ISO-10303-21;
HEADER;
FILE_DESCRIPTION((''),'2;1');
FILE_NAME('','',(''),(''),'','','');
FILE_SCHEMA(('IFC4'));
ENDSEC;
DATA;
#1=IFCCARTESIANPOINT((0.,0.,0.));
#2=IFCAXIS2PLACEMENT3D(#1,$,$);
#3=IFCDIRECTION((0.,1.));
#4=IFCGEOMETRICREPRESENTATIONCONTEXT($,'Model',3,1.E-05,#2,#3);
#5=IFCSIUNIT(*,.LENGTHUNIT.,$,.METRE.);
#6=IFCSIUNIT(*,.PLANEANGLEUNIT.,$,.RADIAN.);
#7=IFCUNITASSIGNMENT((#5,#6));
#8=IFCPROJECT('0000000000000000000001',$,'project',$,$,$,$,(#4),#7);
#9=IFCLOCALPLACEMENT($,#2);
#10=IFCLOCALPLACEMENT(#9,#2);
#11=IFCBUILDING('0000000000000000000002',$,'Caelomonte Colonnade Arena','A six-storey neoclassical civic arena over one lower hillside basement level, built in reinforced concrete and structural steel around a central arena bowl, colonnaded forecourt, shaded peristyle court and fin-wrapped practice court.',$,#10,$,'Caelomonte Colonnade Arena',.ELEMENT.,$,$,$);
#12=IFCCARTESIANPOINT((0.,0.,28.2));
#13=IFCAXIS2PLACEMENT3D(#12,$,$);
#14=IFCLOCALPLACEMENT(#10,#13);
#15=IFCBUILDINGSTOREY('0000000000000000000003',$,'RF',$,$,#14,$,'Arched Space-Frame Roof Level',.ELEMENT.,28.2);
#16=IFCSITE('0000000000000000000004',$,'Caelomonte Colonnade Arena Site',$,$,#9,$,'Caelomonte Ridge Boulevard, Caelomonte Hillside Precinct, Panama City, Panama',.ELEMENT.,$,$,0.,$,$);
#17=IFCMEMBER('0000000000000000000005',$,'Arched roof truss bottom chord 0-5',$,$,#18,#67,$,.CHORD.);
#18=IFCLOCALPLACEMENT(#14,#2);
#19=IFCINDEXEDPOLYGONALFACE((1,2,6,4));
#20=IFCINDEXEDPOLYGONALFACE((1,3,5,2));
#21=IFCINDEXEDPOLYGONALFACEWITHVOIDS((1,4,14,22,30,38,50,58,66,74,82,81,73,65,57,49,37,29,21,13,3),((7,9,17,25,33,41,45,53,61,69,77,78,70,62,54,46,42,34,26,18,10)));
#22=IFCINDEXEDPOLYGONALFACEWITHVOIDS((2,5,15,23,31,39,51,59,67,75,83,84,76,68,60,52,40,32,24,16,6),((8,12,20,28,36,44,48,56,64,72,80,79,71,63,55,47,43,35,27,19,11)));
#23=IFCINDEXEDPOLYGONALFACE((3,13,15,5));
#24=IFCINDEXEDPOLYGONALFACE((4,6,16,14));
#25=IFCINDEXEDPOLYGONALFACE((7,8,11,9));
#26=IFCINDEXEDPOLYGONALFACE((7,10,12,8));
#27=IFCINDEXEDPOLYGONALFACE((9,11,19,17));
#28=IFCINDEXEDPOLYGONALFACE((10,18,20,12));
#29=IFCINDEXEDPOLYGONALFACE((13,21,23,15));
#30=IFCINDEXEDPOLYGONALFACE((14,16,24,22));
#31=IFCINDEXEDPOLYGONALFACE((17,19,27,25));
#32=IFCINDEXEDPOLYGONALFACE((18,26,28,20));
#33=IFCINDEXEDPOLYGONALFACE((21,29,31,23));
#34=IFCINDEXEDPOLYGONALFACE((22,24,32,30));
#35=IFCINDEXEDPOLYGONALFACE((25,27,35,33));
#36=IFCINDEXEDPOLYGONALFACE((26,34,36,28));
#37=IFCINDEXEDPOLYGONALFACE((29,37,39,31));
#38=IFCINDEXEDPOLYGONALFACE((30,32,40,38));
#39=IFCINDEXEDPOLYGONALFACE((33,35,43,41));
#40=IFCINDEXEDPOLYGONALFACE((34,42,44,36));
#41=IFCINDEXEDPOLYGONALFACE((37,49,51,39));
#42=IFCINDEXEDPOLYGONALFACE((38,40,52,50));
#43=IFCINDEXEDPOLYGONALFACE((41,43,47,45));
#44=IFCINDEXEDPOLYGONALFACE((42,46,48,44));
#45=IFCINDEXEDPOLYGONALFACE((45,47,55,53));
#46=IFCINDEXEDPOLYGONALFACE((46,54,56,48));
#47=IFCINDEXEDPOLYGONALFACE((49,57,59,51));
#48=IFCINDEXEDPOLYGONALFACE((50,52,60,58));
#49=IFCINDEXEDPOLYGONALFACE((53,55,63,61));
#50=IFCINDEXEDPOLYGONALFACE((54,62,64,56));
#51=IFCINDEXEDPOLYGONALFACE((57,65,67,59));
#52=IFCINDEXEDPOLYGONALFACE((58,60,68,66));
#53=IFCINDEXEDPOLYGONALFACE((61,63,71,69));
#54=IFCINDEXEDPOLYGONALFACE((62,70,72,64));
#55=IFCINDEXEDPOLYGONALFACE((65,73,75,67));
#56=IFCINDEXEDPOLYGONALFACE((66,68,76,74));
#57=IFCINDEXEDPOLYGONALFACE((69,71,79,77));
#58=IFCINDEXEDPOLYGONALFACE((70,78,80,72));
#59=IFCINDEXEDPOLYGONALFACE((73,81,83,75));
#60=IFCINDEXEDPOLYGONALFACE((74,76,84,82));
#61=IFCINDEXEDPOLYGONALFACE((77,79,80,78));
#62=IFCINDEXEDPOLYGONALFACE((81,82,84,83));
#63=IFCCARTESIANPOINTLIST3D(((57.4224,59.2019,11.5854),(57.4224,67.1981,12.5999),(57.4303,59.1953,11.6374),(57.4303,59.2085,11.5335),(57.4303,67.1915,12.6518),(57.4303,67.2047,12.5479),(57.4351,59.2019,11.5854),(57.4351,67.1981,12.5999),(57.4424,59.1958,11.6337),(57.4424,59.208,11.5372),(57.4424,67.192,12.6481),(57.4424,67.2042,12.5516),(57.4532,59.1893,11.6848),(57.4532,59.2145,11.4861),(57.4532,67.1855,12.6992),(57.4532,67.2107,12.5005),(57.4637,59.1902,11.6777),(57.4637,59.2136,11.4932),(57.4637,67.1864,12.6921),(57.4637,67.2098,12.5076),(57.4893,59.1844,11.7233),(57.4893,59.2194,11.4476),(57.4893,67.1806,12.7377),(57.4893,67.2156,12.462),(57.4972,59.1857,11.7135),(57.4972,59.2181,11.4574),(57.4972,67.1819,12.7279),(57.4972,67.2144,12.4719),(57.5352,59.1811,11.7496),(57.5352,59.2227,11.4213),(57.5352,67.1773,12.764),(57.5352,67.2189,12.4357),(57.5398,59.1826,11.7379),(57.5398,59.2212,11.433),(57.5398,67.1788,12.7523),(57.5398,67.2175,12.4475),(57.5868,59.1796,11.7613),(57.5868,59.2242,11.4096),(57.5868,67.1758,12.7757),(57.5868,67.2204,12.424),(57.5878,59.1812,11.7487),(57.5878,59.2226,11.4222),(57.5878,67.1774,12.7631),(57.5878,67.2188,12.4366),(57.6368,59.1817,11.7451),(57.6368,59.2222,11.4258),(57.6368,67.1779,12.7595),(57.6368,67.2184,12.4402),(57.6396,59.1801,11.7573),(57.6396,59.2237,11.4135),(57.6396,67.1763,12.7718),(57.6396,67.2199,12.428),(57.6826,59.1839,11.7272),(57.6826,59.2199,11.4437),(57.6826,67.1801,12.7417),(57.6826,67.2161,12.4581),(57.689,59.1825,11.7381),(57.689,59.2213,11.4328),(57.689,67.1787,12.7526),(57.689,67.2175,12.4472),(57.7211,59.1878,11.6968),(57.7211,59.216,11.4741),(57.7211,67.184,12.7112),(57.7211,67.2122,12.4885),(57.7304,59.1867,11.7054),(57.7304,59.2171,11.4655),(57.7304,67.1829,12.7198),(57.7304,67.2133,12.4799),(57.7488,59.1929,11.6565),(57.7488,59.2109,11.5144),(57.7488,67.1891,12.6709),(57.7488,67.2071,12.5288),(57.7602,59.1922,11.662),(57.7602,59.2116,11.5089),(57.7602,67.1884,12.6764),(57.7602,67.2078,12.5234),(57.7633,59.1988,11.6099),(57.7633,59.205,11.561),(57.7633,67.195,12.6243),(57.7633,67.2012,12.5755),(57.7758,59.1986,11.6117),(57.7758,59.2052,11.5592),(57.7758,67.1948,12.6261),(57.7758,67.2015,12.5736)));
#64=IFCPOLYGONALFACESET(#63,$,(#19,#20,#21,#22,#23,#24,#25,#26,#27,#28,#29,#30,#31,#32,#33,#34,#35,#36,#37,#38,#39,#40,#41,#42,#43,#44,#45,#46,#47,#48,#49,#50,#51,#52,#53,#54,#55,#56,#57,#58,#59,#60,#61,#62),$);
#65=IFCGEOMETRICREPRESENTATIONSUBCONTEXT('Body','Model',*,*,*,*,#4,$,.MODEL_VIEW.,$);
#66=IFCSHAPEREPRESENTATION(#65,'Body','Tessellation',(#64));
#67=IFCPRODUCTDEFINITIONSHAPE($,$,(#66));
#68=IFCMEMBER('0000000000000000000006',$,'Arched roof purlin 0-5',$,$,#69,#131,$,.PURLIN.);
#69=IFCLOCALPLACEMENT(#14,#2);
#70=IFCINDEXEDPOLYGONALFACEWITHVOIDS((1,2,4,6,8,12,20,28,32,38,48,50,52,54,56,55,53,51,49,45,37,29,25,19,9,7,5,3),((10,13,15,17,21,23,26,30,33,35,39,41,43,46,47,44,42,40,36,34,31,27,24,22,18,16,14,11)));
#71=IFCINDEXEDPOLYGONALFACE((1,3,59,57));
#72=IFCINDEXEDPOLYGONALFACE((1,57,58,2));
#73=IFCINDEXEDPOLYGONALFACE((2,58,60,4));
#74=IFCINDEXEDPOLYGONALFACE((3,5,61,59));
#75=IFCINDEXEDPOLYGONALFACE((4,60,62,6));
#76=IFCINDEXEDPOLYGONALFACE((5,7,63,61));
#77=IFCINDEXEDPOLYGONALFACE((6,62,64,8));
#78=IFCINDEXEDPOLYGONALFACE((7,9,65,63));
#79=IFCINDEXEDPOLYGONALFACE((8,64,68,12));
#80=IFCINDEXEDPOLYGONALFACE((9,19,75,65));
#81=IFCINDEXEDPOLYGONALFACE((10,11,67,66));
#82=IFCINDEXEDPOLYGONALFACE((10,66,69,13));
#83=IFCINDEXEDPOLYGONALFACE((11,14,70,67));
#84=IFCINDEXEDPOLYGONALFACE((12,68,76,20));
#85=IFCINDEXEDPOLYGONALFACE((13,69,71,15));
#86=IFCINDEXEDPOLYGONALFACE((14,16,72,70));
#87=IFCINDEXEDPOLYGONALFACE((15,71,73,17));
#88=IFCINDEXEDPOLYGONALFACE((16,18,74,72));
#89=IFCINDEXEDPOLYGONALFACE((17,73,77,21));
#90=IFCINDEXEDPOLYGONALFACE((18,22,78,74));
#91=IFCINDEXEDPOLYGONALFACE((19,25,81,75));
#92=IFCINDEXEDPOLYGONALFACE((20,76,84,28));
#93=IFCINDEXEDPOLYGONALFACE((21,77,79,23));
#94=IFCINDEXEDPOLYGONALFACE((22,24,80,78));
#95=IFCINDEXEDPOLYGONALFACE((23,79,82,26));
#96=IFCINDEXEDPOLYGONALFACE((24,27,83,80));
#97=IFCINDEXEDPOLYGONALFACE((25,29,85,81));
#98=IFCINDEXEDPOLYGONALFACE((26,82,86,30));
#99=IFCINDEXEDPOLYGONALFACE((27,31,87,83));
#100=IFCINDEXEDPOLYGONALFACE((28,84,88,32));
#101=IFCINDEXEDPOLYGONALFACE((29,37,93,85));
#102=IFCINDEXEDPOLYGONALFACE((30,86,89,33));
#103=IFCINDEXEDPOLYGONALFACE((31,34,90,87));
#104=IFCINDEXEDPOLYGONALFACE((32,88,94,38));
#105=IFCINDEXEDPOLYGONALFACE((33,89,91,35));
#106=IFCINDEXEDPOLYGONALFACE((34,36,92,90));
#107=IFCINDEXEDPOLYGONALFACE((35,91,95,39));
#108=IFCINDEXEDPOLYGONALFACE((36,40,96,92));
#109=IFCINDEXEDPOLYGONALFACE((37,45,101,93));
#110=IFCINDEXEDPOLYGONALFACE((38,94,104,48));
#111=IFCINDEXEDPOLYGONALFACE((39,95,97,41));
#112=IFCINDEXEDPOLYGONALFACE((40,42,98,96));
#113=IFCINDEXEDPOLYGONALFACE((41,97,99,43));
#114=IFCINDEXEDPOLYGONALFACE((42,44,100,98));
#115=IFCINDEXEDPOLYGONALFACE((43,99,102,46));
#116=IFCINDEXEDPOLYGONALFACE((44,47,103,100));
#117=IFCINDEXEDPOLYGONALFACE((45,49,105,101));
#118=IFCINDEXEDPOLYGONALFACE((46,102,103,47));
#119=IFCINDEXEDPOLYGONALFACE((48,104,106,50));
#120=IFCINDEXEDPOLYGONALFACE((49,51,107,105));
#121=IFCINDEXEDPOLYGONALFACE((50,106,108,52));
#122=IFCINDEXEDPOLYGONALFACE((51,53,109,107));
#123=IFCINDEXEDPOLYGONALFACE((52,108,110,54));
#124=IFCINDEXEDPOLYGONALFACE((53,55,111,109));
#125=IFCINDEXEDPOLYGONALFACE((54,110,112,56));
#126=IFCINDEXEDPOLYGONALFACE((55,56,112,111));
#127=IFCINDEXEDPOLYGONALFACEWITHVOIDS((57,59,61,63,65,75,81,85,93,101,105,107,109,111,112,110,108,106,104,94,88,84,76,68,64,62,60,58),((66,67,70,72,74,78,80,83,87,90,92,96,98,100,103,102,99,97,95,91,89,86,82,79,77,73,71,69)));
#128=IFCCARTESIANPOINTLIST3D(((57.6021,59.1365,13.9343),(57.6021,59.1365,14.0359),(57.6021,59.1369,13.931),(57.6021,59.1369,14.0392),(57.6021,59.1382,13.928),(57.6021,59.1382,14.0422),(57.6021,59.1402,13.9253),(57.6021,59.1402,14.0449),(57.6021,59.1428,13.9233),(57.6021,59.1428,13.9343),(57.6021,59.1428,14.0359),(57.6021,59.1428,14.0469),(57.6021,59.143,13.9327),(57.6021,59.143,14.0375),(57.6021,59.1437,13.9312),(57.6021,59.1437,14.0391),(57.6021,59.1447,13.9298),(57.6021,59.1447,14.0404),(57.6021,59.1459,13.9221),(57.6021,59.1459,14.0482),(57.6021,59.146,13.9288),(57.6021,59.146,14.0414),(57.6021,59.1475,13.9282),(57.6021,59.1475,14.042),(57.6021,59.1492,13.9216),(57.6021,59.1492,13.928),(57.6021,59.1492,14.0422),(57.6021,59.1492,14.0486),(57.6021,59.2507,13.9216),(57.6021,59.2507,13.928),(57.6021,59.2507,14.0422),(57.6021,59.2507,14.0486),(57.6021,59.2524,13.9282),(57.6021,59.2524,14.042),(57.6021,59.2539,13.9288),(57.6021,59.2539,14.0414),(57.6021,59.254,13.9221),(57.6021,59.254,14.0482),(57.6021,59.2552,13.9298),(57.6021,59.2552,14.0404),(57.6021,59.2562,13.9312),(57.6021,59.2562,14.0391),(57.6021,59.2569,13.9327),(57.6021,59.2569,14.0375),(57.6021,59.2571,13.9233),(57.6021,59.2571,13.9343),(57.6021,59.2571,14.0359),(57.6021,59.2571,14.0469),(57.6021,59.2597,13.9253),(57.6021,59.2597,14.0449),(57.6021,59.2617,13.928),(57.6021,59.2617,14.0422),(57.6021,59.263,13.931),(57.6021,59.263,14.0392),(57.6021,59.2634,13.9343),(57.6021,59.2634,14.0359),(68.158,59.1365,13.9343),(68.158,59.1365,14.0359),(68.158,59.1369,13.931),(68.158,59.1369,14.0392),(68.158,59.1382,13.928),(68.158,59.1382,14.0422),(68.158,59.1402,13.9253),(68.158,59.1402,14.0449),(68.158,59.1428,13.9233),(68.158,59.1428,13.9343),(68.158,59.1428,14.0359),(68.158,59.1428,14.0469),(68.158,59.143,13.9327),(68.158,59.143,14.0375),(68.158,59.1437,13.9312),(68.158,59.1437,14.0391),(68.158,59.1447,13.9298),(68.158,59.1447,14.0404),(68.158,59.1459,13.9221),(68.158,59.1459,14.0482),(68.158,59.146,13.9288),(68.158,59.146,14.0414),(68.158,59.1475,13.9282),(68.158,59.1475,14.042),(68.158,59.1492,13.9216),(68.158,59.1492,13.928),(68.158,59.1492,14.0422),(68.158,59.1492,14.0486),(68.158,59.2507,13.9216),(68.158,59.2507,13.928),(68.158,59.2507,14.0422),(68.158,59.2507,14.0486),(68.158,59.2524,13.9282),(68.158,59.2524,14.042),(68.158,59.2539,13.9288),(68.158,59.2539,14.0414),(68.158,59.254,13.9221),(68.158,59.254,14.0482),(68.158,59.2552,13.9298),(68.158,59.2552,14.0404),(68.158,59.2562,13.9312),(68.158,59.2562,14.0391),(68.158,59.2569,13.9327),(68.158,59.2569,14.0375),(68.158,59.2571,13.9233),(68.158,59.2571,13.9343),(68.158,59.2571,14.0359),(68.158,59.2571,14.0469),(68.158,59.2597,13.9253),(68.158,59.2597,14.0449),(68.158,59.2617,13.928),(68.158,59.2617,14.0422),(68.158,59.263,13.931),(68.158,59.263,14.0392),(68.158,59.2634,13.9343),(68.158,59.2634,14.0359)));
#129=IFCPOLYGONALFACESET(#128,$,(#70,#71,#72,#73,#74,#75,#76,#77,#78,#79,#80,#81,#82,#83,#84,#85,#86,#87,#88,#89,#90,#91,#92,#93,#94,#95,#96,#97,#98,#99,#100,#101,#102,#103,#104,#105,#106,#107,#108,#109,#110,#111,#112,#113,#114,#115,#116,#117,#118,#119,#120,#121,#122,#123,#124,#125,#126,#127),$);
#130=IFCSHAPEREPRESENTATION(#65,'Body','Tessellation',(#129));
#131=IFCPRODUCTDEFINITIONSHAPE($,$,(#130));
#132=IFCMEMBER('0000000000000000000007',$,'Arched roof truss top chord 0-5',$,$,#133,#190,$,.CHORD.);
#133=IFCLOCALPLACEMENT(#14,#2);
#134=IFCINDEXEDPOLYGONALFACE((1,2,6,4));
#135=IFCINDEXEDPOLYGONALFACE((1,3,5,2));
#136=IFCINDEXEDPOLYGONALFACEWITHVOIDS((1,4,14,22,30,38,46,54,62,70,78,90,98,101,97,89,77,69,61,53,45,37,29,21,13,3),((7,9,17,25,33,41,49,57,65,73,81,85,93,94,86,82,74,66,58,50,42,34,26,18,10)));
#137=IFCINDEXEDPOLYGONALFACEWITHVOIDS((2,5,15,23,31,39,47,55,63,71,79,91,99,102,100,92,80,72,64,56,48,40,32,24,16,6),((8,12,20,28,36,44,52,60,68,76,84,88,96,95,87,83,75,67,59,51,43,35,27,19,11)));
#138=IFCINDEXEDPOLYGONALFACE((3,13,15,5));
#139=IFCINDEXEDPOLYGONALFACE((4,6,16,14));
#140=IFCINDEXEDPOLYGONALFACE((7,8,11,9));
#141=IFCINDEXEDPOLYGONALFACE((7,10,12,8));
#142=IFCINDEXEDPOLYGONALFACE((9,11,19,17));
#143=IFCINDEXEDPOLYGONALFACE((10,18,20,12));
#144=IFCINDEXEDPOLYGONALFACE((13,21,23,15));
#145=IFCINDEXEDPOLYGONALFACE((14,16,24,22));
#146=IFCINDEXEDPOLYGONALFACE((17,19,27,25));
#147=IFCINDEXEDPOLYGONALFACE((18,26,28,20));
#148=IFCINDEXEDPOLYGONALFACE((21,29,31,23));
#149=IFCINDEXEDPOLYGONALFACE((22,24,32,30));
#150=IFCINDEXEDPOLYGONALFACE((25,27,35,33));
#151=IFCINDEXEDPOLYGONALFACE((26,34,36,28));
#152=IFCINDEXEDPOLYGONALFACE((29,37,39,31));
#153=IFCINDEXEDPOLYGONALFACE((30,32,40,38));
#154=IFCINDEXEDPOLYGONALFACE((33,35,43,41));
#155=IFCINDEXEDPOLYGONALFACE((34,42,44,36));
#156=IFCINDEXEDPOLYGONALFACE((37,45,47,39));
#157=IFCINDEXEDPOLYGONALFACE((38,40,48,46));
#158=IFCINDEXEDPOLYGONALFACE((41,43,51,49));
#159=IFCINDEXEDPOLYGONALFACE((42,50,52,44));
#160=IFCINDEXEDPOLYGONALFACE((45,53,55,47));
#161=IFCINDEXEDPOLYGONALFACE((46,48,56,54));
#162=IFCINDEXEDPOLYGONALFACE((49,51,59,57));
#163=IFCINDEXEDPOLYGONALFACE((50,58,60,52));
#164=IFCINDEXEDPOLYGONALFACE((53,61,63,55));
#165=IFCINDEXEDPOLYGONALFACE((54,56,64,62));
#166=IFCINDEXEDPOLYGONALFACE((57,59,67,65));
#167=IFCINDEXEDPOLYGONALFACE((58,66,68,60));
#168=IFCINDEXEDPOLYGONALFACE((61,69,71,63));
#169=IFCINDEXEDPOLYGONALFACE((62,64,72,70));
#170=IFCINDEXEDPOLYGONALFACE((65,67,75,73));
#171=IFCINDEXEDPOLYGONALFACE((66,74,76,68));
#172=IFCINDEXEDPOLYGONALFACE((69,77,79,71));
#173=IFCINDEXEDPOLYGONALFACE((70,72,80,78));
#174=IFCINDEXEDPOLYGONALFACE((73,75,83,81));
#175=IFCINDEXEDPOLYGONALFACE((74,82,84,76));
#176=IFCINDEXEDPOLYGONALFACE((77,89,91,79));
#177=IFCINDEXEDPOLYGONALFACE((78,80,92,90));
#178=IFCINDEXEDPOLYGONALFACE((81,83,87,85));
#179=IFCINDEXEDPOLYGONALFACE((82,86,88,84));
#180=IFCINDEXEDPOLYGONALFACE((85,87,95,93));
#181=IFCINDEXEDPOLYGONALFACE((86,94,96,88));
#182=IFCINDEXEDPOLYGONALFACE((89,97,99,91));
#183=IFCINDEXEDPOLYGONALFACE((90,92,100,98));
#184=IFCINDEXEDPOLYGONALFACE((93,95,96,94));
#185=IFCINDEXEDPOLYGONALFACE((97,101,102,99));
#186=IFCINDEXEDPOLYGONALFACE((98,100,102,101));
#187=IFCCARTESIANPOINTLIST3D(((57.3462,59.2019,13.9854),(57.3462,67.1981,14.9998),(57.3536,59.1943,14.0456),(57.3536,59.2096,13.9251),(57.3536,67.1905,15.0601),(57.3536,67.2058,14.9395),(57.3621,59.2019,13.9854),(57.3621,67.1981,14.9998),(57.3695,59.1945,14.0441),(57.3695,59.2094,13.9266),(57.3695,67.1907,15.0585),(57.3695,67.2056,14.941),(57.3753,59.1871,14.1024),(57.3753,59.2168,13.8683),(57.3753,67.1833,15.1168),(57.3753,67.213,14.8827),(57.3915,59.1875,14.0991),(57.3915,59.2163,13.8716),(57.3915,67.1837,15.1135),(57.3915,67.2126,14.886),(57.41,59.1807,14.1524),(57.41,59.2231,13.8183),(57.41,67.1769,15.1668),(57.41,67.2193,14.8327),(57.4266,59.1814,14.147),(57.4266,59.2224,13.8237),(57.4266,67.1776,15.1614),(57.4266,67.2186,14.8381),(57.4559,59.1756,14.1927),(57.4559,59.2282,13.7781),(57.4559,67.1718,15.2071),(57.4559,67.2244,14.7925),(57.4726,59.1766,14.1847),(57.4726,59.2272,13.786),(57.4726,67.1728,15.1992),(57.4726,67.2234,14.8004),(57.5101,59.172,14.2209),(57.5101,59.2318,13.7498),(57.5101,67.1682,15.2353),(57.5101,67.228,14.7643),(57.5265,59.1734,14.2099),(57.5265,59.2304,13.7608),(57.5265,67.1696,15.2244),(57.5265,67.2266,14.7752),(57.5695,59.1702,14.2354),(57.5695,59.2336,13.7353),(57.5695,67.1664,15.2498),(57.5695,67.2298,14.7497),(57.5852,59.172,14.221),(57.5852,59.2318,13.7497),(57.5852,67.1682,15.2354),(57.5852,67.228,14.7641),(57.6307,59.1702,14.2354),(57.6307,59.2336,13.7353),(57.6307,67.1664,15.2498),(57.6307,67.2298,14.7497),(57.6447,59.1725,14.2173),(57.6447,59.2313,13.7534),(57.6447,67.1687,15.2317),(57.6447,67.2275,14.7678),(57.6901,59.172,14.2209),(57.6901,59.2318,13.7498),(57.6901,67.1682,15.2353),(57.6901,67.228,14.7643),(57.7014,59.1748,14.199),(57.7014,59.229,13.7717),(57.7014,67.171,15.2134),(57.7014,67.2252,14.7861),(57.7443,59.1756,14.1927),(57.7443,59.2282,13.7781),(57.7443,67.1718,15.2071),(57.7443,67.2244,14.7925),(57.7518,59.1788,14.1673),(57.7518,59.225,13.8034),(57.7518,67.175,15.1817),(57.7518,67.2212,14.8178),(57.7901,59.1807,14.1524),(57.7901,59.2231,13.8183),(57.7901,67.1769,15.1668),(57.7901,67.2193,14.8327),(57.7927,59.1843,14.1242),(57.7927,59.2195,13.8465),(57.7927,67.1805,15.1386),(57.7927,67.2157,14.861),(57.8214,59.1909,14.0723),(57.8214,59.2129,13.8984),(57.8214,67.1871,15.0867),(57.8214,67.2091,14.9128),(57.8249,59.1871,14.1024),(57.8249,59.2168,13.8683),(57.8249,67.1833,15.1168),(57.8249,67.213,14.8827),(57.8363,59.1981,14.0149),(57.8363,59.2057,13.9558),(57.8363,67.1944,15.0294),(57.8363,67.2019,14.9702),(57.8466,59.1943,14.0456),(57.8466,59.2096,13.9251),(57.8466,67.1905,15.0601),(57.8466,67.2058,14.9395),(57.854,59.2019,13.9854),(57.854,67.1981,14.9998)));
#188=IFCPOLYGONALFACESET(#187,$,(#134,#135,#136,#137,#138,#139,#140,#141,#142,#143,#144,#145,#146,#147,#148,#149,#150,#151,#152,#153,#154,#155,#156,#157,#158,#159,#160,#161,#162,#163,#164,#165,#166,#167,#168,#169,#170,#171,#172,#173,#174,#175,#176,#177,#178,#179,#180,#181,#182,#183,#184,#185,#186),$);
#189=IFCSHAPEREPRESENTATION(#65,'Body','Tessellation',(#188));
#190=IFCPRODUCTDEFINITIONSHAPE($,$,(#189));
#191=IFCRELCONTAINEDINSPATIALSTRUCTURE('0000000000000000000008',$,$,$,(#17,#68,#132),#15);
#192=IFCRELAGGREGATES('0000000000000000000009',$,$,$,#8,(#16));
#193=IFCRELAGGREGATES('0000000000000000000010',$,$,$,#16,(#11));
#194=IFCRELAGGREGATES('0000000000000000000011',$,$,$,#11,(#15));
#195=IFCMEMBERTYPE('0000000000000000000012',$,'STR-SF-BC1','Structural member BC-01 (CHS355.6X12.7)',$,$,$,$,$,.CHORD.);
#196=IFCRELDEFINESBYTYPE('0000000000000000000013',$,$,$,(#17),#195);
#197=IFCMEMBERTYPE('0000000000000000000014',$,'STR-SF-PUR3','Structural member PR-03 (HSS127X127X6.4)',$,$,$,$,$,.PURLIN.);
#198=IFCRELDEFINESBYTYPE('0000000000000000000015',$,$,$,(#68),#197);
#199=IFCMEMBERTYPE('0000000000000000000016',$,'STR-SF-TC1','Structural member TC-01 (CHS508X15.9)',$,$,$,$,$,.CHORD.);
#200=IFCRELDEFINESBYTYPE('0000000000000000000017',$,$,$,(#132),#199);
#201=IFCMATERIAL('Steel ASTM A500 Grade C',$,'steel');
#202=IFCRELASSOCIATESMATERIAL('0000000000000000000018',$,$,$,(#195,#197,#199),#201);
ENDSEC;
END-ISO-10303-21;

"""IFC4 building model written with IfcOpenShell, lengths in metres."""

from ifc_helpers import new_model, si_unit, direction, frame, origin, origin_2d, place, context, subcontext, project, spatial, hollow_rectangle, hollow_circle, extrude, material, material_profile, profile_set, type_object, element, save


model = new_model("IFC4")

# Units and contexts
model_context = context("Model", 3, precision=1e-05, world=origin(), true_north=direction((0.0, 1.0)))
body_context = subcontext(model_context, "Body", "Model", "MODEL_VIEW")
ifc_project = project(units=[si_unit("LENGTHUNIT", "METRE"), si_unit("PLANEANGLEUNIT", "RADIAN")], contexts=[model_context])

# Site, building, storey
site_placement = place(None, origin())
site = spatial("IfcSite", under=ifc_project, at=site_placement, Name="Caelomonte Colonnade Arena Site", LongName="Caelomonte Ridge Boulevard, Caelomonte Hillside Precinct, Panama City, Panama", CompositionType="ELEMENT", RefElevation=0.0)
building_placement = place(site_placement, origin())
building = spatial("IfcBuilding", under=site, at=building_placement, Name="Caelomonte Colonnade Arena", Description="A six-storey neoclassical civic arena over one lower hillside basement level, built in reinforced concrete and structural steel around a central arena bowl, colonnaded forecourt, shaded peristyle court and fin-wrapped practice court.", LongName="Caelomonte Colonnade Arena", CompositionType="ELEMENT")
storey_placement = place(building_placement, frame((0.0, 0.0, 28.2)))
storey = spatial("IfcBuildingStorey", under=building, at=storey_placement, Name="RF", LongName="Arched Space-Frame Roof Level", CompositionType="ELEMENT", Elevation=28.2)

# Members
ifc_material_1 = material(Name="Steel ASTM A500 Grade C", Category="steel")
ifc_material_profile_1 = material_profile(ifc_material_1, hollow_circle(Radius=0.1777, WallThickness=0.0127, at=origin_2d()), Name="CHS355.6X12.7")
ifc_profile_set_1 = profile_set([ifc_material_profile_1], Name="Steel ASTM A500 Grade C")
member_type_1 = type_object("IfcMemberType", Name="STR-SF-BC1", Description="Structural member BC-01 (CHS355.6X12.7)", PredefinedType="CHORD", material=ifc_profile_set_1)
member_1_placement = place(storey_placement, frame((57.6001, 59.2019, 11.5854), z_axis=(0.0, 0.992049, 0.125854), x_axis=(-1.0, 0.0, 0.0)))
element("IfcMember", 1, at=member_1_placement, inside=storey, type_object=member_type_1, Name="Arched roof truss bottom chord 0-5", PredefinedType="CHORD", context=body_context, shape_type="SweptSolid", body=[
    extrude(hollow_circle(Radius=0.1777, WallThickness=0.0127, at=origin_2d()), origin(), (0.0, 0.0, 1.0), 8.0603),
])
ifc_material_profile_2 = material_profile(ifc_material_1, hollow_rectangle(XDim=0.127, YDim=0.127, WallThickness=0.0063, InnerFilletRadius=0.0063, OuterFilletRadius=0.0127, at=origin_2d()), Name="HSS127X127X6.4")
ifc_profile_set_2 = profile_set([ifc_material_profile_2], Name="Steel ASTM A500 Grade C")
member_type_2 = type_object("IfcMemberType", Name="STR-SF-PUR3", Description="Structural member PR-03 (HSS127X127X6.4)", PredefinedType="PURLIN", material=ifc_profile_set_2)
member_2_placement = place(storey_placement, frame((57.6021, 59.2, 13.9851), z_axis=(1.0, 0.0, 0.0), x_axis=(0.0, 1.0, 0.0)))
element("IfcMember", 2, at=member_2_placement, inside=storey, type_object=member_type_2, Name="Arched roof purlin 0-5", PredefinedType="PURLIN", context=body_context, shape_type="SweptSolid", body=[
    extrude(hollow_rectangle(XDim=0.127, YDim=0.127, WallThickness=0.0063, InnerFilletRadius=0.0063, OuterFilletRadius=0.0127, at=origin_2d()), origin(), (0.0, 0.0, 1.0), 10.5559),
])
ifc_material_profile_3 = material_profile(ifc_material_1, hollow_circle(Radius=0.2539, WallThickness=0.0159, at=origin_2d()), Name="CHS508X15.9")
ifc_profile_set_3 = profile_set([ifc_material_profile_3], Name="Steel ASTM A500 Grade C")
member_type_3 = type_object("IfcMemberType", Name="STR-SF-TC1", Description="Structural member TC-01 (CHS508X15.9)", PredefinedType="CHORD", material=ifc_profile_set_3)
member_3_placement = place(storey_placement, frame((57.6001, 59.2019, 13.9854), z_axis=(0.0, 0.992049, 0.125854), x_axis=(-1.0, 0.0, 0.0)))
element("IfcMember", 3, at=member_3_placement, inside=storey, type_object=member_type_3, Name="Arched roof truss top chord 0-5", PredefinedType="CHORD", context=body_context, shape_type="SweptSolid", body=[
    extrude(hollow_circle(Radius=0.2539, WallThickness=0.0159, at=origin_2d()), origin(), (0.0, 0.0, 1.0), 8.0603),
])

save(model, "model.ifc")
